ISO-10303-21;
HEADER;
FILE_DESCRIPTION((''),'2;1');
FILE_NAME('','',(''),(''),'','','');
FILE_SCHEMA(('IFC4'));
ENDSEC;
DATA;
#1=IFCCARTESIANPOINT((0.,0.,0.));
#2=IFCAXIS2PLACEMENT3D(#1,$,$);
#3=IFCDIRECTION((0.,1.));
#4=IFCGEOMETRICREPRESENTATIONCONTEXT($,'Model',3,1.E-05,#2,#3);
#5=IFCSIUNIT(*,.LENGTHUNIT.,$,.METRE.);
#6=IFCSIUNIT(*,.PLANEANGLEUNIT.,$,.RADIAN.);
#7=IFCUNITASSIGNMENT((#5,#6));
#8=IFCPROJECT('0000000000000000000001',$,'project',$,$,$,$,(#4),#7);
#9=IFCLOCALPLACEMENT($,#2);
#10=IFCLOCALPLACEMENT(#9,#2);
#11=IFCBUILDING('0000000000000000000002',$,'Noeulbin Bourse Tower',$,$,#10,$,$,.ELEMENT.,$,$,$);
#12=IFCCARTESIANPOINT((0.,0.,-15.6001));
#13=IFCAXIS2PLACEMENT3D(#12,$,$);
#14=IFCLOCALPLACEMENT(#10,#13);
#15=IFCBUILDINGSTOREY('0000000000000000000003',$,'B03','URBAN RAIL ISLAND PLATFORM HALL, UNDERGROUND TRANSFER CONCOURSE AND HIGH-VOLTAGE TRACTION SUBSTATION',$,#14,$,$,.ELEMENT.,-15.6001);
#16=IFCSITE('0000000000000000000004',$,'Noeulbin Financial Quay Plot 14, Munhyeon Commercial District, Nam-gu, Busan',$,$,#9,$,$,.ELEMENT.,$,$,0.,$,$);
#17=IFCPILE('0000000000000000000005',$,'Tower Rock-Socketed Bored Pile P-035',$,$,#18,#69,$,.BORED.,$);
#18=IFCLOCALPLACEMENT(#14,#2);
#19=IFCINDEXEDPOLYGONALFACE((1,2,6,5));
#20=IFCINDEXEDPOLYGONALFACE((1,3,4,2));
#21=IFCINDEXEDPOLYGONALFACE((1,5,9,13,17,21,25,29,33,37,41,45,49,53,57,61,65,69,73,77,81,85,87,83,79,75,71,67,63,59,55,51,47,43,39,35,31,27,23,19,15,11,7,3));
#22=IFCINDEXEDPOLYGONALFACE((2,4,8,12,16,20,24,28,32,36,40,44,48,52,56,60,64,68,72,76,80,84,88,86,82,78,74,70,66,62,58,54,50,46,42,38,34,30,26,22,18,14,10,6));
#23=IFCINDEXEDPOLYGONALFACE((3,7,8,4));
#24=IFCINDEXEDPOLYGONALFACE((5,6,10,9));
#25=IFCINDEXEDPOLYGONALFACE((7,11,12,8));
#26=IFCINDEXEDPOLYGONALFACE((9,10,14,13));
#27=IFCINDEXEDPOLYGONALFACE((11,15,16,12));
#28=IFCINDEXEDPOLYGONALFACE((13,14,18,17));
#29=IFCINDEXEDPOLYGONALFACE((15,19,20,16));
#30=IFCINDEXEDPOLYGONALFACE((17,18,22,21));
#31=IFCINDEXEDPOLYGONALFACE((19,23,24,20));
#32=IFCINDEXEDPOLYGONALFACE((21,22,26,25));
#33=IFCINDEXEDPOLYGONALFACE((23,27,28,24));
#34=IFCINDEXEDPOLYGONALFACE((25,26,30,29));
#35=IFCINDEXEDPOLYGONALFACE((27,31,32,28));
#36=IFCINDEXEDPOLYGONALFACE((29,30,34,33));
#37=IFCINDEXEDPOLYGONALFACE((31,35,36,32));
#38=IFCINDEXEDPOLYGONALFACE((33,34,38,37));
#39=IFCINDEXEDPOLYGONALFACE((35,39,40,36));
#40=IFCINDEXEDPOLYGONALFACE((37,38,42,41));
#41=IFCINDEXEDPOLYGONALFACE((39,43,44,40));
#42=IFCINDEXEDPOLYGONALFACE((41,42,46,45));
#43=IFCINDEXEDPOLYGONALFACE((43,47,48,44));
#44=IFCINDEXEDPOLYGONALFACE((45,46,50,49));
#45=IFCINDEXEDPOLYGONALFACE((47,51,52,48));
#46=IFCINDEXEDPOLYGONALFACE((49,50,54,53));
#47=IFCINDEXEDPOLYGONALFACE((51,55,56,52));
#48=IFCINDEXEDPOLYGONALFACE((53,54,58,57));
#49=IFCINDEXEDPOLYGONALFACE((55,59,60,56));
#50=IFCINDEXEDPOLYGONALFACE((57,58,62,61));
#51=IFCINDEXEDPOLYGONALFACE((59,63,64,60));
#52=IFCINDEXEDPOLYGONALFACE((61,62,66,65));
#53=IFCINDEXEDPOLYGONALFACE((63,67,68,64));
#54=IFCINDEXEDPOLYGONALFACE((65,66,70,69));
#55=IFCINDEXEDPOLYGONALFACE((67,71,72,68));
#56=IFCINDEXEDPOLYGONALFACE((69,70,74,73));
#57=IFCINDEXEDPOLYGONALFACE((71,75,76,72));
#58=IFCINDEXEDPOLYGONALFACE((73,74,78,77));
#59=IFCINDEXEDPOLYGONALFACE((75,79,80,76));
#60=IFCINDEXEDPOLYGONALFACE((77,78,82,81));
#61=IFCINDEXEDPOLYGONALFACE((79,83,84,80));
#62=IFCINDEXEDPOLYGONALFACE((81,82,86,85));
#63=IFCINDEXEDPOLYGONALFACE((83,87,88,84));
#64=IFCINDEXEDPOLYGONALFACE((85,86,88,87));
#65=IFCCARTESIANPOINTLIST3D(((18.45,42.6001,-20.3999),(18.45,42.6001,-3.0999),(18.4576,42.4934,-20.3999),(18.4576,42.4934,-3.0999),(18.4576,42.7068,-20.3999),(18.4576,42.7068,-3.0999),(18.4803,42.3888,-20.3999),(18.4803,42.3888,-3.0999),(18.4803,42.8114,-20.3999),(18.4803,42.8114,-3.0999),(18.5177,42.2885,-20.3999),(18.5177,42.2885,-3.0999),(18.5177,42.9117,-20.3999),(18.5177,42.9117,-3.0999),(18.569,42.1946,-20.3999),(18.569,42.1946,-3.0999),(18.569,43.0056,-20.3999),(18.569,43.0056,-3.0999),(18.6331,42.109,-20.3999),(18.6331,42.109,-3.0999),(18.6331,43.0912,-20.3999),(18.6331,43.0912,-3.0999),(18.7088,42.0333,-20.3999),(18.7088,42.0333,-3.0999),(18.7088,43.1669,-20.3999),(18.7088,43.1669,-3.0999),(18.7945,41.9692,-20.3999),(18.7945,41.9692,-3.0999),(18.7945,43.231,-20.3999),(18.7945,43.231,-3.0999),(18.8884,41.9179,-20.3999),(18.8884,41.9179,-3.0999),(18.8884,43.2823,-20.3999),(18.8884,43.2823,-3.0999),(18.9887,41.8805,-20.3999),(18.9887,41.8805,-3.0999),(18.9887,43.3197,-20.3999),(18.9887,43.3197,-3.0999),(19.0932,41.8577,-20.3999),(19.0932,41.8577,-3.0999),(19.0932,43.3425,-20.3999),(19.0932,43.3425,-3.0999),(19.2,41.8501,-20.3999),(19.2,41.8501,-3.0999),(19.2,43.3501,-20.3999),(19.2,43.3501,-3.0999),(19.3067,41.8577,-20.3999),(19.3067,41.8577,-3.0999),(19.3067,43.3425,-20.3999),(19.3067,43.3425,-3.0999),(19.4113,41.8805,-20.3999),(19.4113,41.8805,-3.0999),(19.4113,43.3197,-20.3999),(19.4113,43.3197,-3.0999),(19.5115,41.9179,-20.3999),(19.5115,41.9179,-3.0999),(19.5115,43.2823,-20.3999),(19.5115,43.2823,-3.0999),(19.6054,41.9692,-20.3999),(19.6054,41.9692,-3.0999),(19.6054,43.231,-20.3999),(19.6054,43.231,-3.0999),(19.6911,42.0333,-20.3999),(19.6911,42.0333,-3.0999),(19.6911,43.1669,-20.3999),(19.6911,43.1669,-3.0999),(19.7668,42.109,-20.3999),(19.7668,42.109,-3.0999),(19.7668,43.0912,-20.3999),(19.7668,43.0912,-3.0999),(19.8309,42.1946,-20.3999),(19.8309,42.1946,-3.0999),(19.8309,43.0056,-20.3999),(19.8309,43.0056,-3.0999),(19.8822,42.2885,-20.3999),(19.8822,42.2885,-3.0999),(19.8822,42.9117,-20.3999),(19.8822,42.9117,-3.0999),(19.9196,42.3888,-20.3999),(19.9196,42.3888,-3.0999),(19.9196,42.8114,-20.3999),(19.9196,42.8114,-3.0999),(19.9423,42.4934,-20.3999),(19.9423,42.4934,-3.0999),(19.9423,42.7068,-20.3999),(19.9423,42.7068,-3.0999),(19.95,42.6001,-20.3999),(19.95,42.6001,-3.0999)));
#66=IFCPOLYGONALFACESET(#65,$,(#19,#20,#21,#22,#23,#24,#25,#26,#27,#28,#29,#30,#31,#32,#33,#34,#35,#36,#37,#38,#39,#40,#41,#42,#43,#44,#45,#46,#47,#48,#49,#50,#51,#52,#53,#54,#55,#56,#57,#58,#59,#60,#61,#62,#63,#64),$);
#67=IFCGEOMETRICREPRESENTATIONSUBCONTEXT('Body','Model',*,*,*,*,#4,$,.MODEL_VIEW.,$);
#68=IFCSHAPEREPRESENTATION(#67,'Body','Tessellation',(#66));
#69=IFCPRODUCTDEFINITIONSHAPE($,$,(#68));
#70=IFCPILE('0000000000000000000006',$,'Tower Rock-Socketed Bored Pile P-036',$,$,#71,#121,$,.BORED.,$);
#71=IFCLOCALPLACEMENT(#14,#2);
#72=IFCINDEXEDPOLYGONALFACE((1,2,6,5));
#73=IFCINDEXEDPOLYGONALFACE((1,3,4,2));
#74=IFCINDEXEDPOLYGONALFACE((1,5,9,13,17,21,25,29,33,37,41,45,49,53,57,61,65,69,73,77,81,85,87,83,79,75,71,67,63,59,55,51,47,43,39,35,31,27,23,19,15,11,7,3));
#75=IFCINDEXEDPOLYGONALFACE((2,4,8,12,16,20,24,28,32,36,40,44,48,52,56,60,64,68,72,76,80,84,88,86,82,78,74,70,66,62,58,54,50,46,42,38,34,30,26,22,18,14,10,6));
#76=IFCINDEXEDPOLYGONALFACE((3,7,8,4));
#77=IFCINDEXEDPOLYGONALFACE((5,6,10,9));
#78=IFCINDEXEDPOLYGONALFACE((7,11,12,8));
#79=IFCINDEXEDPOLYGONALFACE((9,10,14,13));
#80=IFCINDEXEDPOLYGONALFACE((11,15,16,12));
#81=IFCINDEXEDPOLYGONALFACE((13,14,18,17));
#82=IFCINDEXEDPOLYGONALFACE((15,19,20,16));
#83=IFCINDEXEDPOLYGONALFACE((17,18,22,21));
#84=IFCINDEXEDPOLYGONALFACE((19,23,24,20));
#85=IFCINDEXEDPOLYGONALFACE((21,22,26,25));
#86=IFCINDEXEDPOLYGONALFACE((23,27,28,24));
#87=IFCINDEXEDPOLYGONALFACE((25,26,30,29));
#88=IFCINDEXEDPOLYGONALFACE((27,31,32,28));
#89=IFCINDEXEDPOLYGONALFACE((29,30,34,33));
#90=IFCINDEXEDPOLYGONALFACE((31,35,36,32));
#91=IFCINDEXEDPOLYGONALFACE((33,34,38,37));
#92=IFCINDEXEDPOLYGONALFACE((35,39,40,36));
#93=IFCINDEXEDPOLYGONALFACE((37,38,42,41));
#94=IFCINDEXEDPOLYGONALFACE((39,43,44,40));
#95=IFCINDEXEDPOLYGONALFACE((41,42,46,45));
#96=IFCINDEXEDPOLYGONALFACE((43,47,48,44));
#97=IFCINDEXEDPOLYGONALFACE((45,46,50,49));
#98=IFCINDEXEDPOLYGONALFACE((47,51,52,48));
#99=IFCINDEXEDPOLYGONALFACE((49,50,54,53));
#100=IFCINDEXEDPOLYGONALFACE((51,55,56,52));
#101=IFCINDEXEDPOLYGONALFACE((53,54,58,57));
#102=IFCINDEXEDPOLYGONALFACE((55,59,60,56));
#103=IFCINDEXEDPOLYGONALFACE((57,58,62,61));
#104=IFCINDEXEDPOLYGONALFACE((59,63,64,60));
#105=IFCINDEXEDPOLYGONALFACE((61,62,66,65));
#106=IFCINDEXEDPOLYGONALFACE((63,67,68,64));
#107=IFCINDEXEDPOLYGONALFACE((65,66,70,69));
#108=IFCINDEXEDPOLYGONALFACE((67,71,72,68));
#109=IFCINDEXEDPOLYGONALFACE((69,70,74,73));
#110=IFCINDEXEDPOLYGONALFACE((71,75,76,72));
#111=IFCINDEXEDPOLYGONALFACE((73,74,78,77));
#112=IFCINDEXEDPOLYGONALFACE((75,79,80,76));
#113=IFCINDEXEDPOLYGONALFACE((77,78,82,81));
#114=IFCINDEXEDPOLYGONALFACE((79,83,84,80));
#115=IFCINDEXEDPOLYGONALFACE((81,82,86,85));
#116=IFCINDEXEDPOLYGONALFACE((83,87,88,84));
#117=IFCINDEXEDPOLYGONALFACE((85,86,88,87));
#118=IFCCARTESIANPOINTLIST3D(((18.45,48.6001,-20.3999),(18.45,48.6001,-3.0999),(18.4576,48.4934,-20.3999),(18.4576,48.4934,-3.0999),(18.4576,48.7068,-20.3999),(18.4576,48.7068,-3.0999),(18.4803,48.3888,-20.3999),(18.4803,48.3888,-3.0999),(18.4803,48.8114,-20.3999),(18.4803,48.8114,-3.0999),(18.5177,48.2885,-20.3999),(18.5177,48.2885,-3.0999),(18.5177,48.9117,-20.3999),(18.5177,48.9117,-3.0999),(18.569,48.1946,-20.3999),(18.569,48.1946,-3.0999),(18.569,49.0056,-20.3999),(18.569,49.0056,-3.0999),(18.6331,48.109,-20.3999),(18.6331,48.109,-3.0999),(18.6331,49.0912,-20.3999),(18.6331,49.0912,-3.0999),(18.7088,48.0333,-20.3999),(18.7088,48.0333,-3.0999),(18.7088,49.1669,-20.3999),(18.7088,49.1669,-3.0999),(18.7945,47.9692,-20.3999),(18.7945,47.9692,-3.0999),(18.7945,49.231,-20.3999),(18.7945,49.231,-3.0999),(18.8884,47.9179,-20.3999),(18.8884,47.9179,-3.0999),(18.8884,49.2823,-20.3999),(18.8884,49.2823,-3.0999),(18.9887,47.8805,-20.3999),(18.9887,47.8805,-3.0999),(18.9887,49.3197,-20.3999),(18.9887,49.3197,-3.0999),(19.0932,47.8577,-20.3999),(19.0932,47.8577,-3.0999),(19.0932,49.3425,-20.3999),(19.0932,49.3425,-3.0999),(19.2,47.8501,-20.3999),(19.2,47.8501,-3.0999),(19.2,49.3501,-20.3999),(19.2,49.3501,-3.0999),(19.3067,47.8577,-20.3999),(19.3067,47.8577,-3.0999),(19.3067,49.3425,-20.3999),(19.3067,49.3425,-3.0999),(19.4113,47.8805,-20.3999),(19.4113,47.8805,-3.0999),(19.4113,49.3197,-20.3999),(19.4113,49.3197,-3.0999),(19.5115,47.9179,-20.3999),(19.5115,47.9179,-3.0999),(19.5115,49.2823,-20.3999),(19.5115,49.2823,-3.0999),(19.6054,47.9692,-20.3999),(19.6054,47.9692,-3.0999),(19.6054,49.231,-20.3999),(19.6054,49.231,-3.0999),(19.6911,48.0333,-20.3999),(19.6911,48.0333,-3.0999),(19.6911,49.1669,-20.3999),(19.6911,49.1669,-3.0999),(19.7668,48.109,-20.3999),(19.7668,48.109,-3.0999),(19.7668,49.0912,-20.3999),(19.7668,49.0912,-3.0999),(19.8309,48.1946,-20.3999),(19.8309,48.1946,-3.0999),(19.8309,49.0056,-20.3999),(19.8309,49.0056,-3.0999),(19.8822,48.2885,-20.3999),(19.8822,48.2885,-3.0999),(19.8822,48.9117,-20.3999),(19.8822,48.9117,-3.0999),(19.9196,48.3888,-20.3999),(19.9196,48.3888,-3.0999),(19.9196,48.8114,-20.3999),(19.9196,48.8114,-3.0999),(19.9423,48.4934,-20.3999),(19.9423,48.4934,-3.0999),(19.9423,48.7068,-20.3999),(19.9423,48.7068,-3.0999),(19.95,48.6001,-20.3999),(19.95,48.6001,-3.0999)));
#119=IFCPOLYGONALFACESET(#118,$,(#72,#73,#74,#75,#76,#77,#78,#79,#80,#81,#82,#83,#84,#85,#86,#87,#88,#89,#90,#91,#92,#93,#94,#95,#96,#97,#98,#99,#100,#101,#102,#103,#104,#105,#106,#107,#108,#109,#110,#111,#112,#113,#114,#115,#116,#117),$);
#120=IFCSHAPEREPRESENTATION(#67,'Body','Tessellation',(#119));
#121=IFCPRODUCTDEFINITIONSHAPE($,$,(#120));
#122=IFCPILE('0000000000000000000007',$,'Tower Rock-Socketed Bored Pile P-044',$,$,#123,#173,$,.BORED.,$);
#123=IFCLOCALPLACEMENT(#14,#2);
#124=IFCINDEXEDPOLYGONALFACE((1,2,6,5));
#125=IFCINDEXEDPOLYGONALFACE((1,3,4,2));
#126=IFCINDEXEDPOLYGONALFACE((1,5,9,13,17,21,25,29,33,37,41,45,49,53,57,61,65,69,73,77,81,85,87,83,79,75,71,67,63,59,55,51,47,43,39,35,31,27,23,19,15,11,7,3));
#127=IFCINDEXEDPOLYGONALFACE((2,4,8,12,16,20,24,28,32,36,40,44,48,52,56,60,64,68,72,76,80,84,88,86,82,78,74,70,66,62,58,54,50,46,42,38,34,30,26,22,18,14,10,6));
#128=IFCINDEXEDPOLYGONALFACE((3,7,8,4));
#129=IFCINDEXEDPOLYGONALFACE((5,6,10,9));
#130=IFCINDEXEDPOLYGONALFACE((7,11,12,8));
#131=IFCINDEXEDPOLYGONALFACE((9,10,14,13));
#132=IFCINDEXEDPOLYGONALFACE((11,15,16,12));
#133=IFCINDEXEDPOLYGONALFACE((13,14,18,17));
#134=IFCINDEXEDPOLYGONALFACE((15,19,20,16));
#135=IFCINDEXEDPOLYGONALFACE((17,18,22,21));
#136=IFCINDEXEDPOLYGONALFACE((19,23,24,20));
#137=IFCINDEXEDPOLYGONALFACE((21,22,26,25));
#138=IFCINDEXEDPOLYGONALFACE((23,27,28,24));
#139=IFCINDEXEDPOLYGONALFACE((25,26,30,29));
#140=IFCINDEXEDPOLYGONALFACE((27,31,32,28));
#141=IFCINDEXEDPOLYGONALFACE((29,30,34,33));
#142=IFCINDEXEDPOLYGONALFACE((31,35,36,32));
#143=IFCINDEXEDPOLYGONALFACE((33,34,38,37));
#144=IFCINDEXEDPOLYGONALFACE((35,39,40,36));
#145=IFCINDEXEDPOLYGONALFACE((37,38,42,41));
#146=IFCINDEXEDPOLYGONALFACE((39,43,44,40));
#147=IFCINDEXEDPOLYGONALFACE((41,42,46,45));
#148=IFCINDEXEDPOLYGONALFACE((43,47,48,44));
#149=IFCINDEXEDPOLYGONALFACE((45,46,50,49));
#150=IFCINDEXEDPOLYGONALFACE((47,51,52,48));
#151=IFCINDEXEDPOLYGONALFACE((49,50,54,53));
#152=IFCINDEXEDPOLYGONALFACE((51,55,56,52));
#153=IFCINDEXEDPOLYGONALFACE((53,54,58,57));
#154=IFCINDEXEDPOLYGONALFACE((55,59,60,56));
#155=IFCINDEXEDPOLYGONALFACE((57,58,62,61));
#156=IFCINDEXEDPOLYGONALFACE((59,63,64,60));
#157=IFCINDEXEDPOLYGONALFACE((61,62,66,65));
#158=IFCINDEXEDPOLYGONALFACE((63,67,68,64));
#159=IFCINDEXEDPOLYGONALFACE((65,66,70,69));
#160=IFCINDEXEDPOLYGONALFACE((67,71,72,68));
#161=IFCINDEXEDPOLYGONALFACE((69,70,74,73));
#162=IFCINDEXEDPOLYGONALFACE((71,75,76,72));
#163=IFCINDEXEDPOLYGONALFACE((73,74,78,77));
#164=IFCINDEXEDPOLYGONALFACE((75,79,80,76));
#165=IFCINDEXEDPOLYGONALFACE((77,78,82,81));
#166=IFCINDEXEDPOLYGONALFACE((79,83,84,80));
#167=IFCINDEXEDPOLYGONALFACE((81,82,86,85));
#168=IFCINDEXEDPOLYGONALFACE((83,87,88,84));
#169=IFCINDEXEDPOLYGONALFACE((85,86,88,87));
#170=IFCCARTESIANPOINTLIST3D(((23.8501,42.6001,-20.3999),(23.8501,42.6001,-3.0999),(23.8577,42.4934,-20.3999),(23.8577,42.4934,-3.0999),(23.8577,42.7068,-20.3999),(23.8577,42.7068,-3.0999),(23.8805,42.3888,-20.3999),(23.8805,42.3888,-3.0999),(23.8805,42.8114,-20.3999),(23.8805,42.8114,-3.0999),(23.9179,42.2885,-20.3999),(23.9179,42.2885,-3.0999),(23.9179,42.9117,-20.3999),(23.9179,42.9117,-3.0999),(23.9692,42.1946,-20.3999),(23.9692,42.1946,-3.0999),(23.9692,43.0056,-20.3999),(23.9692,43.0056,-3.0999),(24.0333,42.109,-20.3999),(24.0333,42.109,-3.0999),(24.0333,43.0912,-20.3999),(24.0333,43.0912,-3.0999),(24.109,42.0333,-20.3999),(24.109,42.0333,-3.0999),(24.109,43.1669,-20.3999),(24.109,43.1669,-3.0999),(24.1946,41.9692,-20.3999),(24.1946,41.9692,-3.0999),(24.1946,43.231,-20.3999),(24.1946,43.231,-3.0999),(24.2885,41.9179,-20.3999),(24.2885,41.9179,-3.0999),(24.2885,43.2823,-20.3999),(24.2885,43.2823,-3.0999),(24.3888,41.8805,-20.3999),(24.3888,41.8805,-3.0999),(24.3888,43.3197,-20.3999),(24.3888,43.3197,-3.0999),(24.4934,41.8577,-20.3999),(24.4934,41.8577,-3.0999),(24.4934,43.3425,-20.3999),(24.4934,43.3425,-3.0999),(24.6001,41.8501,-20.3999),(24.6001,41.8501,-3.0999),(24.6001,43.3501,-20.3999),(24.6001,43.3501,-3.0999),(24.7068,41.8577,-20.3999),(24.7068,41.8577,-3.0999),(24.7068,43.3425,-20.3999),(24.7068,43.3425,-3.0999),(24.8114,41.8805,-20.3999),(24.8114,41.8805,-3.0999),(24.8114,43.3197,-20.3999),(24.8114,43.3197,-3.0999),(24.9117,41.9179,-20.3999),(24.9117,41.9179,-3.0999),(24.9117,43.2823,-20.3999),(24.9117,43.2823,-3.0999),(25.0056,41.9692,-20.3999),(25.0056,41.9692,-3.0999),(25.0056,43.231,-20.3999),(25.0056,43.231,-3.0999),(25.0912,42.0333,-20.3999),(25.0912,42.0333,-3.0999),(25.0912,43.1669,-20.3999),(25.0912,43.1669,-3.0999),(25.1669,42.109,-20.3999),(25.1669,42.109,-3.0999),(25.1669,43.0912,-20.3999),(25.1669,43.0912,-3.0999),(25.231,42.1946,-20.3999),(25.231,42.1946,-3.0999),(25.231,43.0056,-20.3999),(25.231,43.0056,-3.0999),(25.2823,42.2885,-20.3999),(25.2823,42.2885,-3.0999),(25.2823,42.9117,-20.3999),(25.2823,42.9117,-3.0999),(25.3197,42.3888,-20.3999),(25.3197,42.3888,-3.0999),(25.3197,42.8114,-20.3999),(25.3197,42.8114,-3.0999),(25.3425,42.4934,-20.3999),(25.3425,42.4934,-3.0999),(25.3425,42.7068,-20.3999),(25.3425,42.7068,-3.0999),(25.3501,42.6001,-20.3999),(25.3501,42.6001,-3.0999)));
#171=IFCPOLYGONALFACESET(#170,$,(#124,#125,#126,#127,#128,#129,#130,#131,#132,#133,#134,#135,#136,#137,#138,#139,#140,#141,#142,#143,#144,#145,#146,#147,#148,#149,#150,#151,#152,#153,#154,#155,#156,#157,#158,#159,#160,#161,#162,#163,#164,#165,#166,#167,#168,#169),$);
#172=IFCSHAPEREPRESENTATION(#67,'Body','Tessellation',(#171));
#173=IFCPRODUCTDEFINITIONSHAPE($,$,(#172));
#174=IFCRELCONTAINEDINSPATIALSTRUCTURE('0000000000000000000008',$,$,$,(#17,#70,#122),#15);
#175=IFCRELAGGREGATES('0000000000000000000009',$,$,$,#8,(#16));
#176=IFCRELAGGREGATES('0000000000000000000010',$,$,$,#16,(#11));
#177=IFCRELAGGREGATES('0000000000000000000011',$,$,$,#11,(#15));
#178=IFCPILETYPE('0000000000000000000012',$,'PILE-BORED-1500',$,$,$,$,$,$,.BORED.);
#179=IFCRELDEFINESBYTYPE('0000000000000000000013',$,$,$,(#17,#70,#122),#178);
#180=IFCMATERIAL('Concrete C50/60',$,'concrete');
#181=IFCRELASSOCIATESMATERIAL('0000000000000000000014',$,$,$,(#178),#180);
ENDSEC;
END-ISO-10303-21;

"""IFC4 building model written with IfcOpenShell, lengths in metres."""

from ifc_helpers import new_model, si_unit, direction, frame, origin, origin_2d, place, context, subcontext, project, spatial, circle, extrude, material, material_profile, profile_set, type_object, element, save


model = new_model("IFC4")

# Units and contexts
model_context = context("Model", 3, precision=1e-05, world=origin(), true_north=direction((0.0, 1.0)))
body_context = subcontext(model_context, "Body", "Model", "MODEL_VIEW")
ifc_project = project(units=[si_unit("LENGTHUNIT", "METRE"), si_unit("PLANEANGLEUNIT", "RADIAN")], contexts=[model_context])

# Site, building, storey
site_placement = place(None, origin())
site = spatial("IfcSite", under=ifc_project, at=site_placement, Name="Noeulbin Financial Quay Plot 14, Munhyeon Commercial District, Nam-gu, Busan", CompositionType="ELEMENT", RefElevation=0.0)
building_placement = place(site_placement, origin())
building = spatial("IfcBuilding", under=site, at=building_placement, Name="Noeulbin Bourse Tower", CompositionType="ELEMENT")
storey_placement = place(building_placement, frame((0.0, 0.0, -15.6001)))
storey = spatial("IfcBuildingStorey", under=building, at=storey_placement, Name="B03", Description="URBAN RAIL ISLAND PLATFORM HALL, UNDERGROUND TRANSFER CONCOURSE AND HIGH-VOLTAGE TRACTION SUBSTATION", CompositionType="ELEMENT", Elevation=-15.6001)

# Piles
ifc_material_1 = material(Name="Concrete C50/60", Category="concrete")
ifc_material_profile_1 = material_profile(ifc_material_1, circle(Radius=0.75, at=origin_2d()), Name="PILE-D1500", Category="LoadBearing")
ifc_profile_set_1 = profile_set([ifc_material_profile_1], Name="Concrete C50/60")
pile_type = type_object("IfcPileType", Name="PILE-BORED-1500", PredefinedType="BORED", material=ifc_profile_set_1)
for number, where, z_axis, x_axis, name in (
    (1, (19.2, 42.6001, -3.0999), (0.0, 0.0, -1.0), (1.0, 0.0, 0.0), "Tower Rock-Socketed Bored Pile P-035"),
    (2, (19.2, 48.6001, -3.0999), (0.0, 0.0, -1.0), (1.0, 0.0, 0.0), "Tower Rock-Socketed Bored Pile P-036"),
    (3, (24.6001, 42.6001, -3.0999), (0.0, 0.0, -1.0), (1.0, 0.0, 0.0), "Tower Rock-Socketed Bored Pile P-044"),
):
    element("IfcPile", number, at=place(storey_placement, frame(where, z_axis=z_axis, x_axis=x_axis)), inside=storey, type_object=pile_type, Name=name, PredefinedType="BORED", context=body_context, shape_type="SweptSolid", body=[
        extrude(circle(Radius=0.75, at=origin_2d()), origin(), (0.0, 0.0, 1.0), 17.3),
    ])

save(model, "model.ifc")
